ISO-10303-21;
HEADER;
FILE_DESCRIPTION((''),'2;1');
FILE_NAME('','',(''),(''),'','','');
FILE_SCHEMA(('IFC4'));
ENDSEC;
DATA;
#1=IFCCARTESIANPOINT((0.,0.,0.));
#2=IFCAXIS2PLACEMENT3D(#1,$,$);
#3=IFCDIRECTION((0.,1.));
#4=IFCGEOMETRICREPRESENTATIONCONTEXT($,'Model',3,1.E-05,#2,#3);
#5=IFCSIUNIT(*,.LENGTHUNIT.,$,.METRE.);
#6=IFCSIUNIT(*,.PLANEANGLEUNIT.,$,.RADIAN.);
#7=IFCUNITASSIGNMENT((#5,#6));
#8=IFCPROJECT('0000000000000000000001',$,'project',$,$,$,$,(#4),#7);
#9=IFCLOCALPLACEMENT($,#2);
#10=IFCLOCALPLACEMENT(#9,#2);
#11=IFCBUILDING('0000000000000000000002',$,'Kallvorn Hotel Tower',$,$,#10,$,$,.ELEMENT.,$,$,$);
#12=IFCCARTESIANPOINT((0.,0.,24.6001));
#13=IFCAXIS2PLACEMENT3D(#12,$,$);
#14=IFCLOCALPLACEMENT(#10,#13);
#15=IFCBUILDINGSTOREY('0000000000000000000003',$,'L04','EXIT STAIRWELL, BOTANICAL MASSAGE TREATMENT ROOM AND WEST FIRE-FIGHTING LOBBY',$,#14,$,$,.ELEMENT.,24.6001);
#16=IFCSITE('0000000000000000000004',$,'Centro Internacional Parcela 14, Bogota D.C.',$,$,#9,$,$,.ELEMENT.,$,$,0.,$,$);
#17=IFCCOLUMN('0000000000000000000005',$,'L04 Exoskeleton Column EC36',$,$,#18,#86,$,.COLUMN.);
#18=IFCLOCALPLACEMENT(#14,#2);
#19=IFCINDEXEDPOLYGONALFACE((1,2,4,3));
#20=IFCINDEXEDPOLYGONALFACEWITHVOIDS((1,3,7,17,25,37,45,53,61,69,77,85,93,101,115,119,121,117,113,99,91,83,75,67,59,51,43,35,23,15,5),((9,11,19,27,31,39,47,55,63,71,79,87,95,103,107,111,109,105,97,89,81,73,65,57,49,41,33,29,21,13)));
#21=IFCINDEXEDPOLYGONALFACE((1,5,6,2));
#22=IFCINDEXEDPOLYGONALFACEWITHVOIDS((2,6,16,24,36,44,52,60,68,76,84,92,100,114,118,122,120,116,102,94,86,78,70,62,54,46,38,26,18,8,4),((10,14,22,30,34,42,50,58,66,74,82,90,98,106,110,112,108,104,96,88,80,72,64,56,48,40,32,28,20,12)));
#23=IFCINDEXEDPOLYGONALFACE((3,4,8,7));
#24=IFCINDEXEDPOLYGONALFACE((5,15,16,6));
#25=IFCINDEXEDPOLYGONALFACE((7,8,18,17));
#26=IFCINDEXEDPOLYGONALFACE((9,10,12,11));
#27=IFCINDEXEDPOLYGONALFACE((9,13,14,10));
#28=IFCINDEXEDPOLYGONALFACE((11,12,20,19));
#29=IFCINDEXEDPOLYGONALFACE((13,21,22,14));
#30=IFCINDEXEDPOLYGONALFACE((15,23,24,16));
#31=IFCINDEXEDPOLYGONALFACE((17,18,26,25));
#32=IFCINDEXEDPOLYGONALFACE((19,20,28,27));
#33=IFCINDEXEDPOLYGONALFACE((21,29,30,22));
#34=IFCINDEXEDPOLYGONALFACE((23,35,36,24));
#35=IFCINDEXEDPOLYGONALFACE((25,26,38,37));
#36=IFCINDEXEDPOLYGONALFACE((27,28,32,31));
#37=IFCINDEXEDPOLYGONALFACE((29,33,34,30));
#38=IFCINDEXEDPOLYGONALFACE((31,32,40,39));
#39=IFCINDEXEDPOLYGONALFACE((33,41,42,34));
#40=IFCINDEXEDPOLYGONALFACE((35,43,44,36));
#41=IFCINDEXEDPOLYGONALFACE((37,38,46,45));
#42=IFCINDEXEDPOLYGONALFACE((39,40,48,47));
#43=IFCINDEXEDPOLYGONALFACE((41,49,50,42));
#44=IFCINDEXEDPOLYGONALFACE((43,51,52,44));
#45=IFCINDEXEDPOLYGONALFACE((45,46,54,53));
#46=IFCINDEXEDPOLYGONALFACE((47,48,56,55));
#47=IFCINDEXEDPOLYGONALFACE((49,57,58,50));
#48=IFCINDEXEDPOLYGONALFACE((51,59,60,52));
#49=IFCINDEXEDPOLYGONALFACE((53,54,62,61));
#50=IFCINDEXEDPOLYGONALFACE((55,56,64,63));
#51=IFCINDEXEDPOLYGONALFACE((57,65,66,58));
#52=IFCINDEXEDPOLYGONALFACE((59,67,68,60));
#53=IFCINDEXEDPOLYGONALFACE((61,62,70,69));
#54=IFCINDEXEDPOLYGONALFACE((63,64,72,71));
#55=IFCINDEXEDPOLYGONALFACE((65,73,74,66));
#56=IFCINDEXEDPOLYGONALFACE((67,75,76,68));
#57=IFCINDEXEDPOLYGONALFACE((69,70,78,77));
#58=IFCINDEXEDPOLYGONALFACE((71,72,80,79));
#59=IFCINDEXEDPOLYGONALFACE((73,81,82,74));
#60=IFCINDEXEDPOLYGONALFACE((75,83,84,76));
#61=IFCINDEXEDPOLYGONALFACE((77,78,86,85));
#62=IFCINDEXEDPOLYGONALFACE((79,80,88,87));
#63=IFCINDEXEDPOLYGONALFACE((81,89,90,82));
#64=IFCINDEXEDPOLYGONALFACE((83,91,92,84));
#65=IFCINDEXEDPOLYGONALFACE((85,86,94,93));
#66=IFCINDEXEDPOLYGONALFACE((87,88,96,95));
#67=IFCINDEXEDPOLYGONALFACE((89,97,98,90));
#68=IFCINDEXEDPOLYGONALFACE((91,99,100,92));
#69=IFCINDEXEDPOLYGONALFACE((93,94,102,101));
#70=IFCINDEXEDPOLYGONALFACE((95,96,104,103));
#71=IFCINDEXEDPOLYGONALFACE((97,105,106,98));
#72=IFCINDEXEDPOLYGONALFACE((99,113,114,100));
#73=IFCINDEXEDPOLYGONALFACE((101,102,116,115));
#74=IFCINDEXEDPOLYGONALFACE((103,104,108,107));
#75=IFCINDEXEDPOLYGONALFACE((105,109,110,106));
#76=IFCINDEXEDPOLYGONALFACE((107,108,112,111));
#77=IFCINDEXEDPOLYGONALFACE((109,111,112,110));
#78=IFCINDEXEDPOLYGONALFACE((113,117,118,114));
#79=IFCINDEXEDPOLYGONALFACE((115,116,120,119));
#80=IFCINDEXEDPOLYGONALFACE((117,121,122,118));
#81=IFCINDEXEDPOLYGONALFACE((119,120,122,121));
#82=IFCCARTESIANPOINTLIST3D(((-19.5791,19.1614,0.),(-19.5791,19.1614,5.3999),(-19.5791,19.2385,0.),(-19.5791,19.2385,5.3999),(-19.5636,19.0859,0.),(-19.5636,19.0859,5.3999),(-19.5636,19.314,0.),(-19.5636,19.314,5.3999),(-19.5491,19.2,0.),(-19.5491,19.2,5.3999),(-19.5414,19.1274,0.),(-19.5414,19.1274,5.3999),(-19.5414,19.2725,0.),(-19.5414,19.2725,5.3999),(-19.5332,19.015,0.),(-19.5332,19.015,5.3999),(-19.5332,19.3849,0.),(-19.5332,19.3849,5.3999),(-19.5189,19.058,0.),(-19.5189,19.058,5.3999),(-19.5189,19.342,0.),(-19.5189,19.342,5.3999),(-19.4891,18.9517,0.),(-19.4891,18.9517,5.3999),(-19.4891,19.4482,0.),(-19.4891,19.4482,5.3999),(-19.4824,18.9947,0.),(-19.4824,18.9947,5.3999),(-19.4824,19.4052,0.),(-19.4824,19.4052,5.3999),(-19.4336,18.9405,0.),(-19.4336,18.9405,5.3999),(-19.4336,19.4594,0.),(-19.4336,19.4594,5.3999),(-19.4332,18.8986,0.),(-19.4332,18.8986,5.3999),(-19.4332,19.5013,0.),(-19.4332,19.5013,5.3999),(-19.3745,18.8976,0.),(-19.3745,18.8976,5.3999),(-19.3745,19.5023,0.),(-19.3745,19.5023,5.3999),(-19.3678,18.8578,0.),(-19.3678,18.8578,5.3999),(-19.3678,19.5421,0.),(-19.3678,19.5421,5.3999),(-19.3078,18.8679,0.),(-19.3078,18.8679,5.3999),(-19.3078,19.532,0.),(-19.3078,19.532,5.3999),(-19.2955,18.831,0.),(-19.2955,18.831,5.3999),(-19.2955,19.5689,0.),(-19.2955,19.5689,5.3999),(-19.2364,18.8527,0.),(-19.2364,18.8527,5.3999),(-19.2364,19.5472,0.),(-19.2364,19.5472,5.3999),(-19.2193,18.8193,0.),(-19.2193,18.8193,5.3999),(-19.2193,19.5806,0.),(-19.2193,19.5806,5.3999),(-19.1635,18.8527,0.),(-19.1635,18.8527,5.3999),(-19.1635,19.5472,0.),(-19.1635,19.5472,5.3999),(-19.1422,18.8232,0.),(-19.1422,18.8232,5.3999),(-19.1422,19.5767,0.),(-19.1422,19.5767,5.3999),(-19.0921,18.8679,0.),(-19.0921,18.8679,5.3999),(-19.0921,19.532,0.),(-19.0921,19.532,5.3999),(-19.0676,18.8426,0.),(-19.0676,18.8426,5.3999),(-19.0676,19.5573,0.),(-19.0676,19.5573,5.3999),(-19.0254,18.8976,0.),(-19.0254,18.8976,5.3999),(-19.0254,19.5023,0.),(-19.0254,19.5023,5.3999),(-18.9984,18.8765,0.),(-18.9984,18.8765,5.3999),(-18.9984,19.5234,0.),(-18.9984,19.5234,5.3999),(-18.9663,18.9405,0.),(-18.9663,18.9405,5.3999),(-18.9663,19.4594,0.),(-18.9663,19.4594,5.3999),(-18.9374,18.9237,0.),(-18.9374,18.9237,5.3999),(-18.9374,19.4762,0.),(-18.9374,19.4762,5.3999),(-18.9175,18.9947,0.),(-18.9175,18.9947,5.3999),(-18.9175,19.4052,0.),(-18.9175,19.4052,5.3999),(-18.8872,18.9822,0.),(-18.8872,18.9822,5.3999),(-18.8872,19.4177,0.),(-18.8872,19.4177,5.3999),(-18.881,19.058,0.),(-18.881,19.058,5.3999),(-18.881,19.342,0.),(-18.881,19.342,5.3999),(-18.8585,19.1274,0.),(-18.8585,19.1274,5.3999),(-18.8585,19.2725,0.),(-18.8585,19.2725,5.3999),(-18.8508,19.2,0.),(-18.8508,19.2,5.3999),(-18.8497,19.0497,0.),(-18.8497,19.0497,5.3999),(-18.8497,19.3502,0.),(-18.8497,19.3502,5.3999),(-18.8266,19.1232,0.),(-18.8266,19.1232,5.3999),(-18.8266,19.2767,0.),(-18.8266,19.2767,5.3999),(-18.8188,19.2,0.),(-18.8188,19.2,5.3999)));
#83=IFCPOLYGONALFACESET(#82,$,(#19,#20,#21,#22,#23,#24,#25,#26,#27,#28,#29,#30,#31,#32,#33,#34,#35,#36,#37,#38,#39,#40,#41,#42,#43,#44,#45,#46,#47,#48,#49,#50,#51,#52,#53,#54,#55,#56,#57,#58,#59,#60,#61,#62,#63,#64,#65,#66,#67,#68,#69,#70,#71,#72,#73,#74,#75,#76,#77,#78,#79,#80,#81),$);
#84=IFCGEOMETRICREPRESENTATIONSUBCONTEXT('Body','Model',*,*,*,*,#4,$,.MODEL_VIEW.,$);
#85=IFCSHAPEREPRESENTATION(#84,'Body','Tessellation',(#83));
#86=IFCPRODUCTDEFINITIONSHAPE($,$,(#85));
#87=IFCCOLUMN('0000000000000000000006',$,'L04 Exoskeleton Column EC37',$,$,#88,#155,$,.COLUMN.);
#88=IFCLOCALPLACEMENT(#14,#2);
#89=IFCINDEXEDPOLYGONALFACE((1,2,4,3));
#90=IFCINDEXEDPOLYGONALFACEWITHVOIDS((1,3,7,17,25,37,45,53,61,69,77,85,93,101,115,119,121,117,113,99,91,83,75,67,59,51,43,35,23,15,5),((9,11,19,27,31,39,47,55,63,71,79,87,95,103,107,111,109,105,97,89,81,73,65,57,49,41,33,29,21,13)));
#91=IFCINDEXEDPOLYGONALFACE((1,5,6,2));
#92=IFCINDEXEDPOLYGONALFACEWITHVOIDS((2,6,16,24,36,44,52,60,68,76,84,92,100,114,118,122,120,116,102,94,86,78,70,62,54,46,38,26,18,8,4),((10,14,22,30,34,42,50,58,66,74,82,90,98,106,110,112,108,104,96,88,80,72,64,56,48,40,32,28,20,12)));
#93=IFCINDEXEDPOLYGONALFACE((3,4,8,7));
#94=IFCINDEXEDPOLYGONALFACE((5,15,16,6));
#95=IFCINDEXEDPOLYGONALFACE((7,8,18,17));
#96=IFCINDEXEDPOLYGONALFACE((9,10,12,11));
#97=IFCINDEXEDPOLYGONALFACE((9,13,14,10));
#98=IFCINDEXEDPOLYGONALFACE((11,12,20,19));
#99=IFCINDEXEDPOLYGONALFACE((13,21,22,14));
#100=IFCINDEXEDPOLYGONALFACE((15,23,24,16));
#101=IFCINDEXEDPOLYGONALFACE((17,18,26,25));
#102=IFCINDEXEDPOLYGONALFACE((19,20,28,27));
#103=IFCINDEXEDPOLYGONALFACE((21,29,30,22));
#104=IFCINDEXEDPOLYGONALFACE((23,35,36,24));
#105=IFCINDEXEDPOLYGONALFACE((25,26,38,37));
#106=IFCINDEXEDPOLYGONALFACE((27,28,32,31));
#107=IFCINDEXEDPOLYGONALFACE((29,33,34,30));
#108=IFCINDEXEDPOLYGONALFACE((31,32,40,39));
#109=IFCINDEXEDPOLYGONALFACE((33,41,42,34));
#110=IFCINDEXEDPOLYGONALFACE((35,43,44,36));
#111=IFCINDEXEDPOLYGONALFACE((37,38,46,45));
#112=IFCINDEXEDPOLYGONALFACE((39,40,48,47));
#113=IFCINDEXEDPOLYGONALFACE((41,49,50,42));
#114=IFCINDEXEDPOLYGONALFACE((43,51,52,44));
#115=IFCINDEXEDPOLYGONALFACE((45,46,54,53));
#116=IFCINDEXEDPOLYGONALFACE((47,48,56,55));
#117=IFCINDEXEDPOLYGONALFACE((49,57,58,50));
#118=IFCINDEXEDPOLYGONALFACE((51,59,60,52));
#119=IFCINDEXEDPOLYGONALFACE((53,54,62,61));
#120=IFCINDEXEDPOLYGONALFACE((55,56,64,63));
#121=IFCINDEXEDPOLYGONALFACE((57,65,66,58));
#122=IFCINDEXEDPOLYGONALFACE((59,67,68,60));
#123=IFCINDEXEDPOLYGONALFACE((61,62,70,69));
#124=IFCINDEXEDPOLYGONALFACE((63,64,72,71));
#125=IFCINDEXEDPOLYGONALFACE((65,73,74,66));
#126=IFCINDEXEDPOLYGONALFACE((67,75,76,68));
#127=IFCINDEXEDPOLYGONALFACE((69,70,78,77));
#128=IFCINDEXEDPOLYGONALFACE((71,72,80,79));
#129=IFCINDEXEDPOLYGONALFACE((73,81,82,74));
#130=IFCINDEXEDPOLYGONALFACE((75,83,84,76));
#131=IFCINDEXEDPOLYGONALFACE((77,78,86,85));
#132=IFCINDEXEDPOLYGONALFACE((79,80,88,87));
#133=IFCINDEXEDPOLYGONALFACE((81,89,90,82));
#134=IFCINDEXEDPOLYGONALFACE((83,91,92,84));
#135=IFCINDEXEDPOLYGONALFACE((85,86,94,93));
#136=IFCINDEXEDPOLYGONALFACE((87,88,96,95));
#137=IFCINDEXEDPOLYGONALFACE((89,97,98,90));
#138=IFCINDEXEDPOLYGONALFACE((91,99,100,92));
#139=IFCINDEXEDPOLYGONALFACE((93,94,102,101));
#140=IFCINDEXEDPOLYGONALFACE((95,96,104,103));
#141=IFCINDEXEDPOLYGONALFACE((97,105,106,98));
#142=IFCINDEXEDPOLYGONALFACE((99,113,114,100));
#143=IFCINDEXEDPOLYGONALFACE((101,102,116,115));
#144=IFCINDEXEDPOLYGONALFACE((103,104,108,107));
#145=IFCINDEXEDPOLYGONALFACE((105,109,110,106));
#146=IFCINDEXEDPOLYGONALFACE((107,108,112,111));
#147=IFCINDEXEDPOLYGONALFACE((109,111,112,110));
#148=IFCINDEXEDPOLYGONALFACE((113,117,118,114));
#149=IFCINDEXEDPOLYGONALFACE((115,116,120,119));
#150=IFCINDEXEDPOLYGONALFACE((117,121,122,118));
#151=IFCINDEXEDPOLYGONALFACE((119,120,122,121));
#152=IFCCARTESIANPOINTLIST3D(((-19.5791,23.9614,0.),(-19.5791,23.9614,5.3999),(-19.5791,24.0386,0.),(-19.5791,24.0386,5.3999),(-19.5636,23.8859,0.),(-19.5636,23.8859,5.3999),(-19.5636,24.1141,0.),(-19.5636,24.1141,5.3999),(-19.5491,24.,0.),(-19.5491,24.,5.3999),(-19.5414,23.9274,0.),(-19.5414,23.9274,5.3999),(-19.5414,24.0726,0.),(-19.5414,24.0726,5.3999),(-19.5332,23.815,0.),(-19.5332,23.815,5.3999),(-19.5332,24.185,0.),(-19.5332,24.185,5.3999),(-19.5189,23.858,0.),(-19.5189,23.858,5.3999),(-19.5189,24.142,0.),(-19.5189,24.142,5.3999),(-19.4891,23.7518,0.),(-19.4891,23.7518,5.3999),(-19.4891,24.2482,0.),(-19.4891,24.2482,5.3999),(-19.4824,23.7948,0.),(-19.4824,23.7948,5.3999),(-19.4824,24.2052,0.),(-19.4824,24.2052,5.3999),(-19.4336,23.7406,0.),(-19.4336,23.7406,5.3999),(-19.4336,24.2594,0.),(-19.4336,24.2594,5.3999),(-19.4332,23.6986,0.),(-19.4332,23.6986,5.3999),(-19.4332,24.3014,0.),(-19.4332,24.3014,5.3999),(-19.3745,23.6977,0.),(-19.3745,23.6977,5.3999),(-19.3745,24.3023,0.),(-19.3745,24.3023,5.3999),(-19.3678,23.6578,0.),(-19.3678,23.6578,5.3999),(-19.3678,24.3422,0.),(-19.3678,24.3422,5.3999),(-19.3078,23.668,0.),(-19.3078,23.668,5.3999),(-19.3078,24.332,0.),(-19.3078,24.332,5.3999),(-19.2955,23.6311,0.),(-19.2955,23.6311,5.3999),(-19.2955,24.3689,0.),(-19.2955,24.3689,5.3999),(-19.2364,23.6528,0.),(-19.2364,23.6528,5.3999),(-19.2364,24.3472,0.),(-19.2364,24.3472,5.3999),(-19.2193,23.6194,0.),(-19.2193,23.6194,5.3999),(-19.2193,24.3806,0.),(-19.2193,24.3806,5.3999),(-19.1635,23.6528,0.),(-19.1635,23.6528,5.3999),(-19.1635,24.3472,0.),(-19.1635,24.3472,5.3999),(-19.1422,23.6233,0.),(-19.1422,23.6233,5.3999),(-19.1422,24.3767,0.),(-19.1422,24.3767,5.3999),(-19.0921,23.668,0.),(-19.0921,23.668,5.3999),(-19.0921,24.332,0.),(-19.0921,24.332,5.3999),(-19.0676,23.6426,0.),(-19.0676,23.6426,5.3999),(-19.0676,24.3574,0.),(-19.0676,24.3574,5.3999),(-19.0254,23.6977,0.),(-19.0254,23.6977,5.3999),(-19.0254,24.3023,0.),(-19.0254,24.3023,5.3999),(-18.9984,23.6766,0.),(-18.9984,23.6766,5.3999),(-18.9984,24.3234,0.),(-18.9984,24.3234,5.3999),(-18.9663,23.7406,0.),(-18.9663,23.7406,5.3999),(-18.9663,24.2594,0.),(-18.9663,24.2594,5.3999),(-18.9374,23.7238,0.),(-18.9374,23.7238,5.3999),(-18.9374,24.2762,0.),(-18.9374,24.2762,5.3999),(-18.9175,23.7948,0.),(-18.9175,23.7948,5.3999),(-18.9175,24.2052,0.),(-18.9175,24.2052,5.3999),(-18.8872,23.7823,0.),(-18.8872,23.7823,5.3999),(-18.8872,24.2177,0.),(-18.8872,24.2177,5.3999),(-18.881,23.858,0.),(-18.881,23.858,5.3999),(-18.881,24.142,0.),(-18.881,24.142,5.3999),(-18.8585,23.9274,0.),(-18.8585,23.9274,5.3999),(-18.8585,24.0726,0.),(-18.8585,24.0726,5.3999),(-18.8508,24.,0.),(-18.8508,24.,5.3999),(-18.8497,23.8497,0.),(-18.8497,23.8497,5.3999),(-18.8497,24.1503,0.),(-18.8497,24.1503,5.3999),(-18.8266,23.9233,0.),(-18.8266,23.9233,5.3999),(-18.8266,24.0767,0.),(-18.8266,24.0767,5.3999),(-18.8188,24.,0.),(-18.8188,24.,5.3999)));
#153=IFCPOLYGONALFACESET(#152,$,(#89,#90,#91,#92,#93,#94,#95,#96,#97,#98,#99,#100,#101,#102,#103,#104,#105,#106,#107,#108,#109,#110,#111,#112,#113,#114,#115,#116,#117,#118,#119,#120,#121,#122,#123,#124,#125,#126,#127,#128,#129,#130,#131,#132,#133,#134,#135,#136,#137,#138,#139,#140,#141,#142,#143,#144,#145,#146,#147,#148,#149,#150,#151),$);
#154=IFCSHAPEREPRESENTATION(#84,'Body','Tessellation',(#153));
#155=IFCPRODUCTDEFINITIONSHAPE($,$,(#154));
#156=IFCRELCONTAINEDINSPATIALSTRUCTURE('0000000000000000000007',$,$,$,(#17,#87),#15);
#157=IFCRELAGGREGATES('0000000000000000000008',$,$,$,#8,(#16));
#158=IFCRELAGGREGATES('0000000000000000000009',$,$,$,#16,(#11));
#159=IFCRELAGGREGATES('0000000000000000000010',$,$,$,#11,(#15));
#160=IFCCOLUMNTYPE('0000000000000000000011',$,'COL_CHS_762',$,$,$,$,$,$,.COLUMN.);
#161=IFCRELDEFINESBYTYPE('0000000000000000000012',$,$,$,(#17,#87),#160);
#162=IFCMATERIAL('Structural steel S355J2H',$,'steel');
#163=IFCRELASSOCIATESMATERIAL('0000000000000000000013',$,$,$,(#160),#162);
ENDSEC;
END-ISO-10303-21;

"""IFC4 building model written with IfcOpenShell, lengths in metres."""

from ifc_helpers import new_model, si_unit, direction, frame, origin, origin_2d, place, context, subcontext, project, spatial, hollow_circle, extrude, material, material_profile, profile_set, type_object, element, save


model = new_model("IFC4")

# Units and contexts
model_context = context("Model", 3, precision=1e-05, world=origin(), true_north=direction((0.0, 1.0)))
body_context = subcontext(model_context, "Body", "Model", "MODEL_VIEW")
ifc_project = project(units=[si_unit("LENGTHUNIT", "METRE"), si_unit("PLANEANGLEUNIT", "RADIAN")], contexts=[model_context])

# Site, building, storey
site_placement = place(None, origin())
site = spatial("IfcSite", under=ifc_project, at=site_placement, Name="Centro Internacional Parcela 14, Bogota D.C.", CompositionType="ELEMENT", RefElevation=0.0)
building_placement = place(site_placement, origin())
building = spatial("IfcBuilding", under=site, at=building_placement, Name="Kallvorn Hotel Tower", CompositionType="ELEMENT")
storey_placement = place(building_placement, frame((0.0, 0.0, 24.6001)))
storey = spatial("IfcBuildingStorey", under=building, at=storey_placement, Name="L04", Description="EXIT STAIRWELL, BOTANICAL MASSAGE TREATMENT ROOM AND WEST FIRE-FIGHTING LOBBY", CompositionType="ELEMENT", Elevation=24.6001)

# Columns
ifc_material_1 = material(Name="Structural steel S355J2H", Category="steel")
ifc_material_profile_1 = material_profile(ifc_material_1, hollow_circle(Radius=0.3811, WallThickness=0.032, at=origin_2d()), Name="CHS 762x32")
ifc_profile_set_1 = profile_set([ifc_material_profile_1], Name="Structural steel S355J2H")
column_type_1 = type_object("IfcColumnType", Name="COL_CHS_762", PredefinedType="COLUMN", material=ifc_profile_set_1)
for number, where, z_axis, x_axis, name in (
    (1, (-19.2, 19.2, 0.0), (0.0, 0.0, 1.0), (1.0, 0.0, 0.0), "L04 Exoskeleton Column EC36"),
    (2, (-19.2, 24.0, 0.0), (0.0, 0.0, 1.0), (1.0, 0.0, 0.0), "L04 Exoskeleton Column EC37"),
):
    element("IfcColumn", number, at=place(storey_placement, frame(where, z_axis=z_axis, x_axis=x_axis)), inside=storey, type_object=column_type_1, Name=name, PredefinedType="COLUMN", context=body_context, shape_type="SweptSolid", body=[
        extrude(hollow_circle(Radius=0.3811, WallThickness=0.032, at=origin_2d()), origin(), (0.0, 0.0, 1.0), 5.3999),
    ])

save(model, "model.ifc")
